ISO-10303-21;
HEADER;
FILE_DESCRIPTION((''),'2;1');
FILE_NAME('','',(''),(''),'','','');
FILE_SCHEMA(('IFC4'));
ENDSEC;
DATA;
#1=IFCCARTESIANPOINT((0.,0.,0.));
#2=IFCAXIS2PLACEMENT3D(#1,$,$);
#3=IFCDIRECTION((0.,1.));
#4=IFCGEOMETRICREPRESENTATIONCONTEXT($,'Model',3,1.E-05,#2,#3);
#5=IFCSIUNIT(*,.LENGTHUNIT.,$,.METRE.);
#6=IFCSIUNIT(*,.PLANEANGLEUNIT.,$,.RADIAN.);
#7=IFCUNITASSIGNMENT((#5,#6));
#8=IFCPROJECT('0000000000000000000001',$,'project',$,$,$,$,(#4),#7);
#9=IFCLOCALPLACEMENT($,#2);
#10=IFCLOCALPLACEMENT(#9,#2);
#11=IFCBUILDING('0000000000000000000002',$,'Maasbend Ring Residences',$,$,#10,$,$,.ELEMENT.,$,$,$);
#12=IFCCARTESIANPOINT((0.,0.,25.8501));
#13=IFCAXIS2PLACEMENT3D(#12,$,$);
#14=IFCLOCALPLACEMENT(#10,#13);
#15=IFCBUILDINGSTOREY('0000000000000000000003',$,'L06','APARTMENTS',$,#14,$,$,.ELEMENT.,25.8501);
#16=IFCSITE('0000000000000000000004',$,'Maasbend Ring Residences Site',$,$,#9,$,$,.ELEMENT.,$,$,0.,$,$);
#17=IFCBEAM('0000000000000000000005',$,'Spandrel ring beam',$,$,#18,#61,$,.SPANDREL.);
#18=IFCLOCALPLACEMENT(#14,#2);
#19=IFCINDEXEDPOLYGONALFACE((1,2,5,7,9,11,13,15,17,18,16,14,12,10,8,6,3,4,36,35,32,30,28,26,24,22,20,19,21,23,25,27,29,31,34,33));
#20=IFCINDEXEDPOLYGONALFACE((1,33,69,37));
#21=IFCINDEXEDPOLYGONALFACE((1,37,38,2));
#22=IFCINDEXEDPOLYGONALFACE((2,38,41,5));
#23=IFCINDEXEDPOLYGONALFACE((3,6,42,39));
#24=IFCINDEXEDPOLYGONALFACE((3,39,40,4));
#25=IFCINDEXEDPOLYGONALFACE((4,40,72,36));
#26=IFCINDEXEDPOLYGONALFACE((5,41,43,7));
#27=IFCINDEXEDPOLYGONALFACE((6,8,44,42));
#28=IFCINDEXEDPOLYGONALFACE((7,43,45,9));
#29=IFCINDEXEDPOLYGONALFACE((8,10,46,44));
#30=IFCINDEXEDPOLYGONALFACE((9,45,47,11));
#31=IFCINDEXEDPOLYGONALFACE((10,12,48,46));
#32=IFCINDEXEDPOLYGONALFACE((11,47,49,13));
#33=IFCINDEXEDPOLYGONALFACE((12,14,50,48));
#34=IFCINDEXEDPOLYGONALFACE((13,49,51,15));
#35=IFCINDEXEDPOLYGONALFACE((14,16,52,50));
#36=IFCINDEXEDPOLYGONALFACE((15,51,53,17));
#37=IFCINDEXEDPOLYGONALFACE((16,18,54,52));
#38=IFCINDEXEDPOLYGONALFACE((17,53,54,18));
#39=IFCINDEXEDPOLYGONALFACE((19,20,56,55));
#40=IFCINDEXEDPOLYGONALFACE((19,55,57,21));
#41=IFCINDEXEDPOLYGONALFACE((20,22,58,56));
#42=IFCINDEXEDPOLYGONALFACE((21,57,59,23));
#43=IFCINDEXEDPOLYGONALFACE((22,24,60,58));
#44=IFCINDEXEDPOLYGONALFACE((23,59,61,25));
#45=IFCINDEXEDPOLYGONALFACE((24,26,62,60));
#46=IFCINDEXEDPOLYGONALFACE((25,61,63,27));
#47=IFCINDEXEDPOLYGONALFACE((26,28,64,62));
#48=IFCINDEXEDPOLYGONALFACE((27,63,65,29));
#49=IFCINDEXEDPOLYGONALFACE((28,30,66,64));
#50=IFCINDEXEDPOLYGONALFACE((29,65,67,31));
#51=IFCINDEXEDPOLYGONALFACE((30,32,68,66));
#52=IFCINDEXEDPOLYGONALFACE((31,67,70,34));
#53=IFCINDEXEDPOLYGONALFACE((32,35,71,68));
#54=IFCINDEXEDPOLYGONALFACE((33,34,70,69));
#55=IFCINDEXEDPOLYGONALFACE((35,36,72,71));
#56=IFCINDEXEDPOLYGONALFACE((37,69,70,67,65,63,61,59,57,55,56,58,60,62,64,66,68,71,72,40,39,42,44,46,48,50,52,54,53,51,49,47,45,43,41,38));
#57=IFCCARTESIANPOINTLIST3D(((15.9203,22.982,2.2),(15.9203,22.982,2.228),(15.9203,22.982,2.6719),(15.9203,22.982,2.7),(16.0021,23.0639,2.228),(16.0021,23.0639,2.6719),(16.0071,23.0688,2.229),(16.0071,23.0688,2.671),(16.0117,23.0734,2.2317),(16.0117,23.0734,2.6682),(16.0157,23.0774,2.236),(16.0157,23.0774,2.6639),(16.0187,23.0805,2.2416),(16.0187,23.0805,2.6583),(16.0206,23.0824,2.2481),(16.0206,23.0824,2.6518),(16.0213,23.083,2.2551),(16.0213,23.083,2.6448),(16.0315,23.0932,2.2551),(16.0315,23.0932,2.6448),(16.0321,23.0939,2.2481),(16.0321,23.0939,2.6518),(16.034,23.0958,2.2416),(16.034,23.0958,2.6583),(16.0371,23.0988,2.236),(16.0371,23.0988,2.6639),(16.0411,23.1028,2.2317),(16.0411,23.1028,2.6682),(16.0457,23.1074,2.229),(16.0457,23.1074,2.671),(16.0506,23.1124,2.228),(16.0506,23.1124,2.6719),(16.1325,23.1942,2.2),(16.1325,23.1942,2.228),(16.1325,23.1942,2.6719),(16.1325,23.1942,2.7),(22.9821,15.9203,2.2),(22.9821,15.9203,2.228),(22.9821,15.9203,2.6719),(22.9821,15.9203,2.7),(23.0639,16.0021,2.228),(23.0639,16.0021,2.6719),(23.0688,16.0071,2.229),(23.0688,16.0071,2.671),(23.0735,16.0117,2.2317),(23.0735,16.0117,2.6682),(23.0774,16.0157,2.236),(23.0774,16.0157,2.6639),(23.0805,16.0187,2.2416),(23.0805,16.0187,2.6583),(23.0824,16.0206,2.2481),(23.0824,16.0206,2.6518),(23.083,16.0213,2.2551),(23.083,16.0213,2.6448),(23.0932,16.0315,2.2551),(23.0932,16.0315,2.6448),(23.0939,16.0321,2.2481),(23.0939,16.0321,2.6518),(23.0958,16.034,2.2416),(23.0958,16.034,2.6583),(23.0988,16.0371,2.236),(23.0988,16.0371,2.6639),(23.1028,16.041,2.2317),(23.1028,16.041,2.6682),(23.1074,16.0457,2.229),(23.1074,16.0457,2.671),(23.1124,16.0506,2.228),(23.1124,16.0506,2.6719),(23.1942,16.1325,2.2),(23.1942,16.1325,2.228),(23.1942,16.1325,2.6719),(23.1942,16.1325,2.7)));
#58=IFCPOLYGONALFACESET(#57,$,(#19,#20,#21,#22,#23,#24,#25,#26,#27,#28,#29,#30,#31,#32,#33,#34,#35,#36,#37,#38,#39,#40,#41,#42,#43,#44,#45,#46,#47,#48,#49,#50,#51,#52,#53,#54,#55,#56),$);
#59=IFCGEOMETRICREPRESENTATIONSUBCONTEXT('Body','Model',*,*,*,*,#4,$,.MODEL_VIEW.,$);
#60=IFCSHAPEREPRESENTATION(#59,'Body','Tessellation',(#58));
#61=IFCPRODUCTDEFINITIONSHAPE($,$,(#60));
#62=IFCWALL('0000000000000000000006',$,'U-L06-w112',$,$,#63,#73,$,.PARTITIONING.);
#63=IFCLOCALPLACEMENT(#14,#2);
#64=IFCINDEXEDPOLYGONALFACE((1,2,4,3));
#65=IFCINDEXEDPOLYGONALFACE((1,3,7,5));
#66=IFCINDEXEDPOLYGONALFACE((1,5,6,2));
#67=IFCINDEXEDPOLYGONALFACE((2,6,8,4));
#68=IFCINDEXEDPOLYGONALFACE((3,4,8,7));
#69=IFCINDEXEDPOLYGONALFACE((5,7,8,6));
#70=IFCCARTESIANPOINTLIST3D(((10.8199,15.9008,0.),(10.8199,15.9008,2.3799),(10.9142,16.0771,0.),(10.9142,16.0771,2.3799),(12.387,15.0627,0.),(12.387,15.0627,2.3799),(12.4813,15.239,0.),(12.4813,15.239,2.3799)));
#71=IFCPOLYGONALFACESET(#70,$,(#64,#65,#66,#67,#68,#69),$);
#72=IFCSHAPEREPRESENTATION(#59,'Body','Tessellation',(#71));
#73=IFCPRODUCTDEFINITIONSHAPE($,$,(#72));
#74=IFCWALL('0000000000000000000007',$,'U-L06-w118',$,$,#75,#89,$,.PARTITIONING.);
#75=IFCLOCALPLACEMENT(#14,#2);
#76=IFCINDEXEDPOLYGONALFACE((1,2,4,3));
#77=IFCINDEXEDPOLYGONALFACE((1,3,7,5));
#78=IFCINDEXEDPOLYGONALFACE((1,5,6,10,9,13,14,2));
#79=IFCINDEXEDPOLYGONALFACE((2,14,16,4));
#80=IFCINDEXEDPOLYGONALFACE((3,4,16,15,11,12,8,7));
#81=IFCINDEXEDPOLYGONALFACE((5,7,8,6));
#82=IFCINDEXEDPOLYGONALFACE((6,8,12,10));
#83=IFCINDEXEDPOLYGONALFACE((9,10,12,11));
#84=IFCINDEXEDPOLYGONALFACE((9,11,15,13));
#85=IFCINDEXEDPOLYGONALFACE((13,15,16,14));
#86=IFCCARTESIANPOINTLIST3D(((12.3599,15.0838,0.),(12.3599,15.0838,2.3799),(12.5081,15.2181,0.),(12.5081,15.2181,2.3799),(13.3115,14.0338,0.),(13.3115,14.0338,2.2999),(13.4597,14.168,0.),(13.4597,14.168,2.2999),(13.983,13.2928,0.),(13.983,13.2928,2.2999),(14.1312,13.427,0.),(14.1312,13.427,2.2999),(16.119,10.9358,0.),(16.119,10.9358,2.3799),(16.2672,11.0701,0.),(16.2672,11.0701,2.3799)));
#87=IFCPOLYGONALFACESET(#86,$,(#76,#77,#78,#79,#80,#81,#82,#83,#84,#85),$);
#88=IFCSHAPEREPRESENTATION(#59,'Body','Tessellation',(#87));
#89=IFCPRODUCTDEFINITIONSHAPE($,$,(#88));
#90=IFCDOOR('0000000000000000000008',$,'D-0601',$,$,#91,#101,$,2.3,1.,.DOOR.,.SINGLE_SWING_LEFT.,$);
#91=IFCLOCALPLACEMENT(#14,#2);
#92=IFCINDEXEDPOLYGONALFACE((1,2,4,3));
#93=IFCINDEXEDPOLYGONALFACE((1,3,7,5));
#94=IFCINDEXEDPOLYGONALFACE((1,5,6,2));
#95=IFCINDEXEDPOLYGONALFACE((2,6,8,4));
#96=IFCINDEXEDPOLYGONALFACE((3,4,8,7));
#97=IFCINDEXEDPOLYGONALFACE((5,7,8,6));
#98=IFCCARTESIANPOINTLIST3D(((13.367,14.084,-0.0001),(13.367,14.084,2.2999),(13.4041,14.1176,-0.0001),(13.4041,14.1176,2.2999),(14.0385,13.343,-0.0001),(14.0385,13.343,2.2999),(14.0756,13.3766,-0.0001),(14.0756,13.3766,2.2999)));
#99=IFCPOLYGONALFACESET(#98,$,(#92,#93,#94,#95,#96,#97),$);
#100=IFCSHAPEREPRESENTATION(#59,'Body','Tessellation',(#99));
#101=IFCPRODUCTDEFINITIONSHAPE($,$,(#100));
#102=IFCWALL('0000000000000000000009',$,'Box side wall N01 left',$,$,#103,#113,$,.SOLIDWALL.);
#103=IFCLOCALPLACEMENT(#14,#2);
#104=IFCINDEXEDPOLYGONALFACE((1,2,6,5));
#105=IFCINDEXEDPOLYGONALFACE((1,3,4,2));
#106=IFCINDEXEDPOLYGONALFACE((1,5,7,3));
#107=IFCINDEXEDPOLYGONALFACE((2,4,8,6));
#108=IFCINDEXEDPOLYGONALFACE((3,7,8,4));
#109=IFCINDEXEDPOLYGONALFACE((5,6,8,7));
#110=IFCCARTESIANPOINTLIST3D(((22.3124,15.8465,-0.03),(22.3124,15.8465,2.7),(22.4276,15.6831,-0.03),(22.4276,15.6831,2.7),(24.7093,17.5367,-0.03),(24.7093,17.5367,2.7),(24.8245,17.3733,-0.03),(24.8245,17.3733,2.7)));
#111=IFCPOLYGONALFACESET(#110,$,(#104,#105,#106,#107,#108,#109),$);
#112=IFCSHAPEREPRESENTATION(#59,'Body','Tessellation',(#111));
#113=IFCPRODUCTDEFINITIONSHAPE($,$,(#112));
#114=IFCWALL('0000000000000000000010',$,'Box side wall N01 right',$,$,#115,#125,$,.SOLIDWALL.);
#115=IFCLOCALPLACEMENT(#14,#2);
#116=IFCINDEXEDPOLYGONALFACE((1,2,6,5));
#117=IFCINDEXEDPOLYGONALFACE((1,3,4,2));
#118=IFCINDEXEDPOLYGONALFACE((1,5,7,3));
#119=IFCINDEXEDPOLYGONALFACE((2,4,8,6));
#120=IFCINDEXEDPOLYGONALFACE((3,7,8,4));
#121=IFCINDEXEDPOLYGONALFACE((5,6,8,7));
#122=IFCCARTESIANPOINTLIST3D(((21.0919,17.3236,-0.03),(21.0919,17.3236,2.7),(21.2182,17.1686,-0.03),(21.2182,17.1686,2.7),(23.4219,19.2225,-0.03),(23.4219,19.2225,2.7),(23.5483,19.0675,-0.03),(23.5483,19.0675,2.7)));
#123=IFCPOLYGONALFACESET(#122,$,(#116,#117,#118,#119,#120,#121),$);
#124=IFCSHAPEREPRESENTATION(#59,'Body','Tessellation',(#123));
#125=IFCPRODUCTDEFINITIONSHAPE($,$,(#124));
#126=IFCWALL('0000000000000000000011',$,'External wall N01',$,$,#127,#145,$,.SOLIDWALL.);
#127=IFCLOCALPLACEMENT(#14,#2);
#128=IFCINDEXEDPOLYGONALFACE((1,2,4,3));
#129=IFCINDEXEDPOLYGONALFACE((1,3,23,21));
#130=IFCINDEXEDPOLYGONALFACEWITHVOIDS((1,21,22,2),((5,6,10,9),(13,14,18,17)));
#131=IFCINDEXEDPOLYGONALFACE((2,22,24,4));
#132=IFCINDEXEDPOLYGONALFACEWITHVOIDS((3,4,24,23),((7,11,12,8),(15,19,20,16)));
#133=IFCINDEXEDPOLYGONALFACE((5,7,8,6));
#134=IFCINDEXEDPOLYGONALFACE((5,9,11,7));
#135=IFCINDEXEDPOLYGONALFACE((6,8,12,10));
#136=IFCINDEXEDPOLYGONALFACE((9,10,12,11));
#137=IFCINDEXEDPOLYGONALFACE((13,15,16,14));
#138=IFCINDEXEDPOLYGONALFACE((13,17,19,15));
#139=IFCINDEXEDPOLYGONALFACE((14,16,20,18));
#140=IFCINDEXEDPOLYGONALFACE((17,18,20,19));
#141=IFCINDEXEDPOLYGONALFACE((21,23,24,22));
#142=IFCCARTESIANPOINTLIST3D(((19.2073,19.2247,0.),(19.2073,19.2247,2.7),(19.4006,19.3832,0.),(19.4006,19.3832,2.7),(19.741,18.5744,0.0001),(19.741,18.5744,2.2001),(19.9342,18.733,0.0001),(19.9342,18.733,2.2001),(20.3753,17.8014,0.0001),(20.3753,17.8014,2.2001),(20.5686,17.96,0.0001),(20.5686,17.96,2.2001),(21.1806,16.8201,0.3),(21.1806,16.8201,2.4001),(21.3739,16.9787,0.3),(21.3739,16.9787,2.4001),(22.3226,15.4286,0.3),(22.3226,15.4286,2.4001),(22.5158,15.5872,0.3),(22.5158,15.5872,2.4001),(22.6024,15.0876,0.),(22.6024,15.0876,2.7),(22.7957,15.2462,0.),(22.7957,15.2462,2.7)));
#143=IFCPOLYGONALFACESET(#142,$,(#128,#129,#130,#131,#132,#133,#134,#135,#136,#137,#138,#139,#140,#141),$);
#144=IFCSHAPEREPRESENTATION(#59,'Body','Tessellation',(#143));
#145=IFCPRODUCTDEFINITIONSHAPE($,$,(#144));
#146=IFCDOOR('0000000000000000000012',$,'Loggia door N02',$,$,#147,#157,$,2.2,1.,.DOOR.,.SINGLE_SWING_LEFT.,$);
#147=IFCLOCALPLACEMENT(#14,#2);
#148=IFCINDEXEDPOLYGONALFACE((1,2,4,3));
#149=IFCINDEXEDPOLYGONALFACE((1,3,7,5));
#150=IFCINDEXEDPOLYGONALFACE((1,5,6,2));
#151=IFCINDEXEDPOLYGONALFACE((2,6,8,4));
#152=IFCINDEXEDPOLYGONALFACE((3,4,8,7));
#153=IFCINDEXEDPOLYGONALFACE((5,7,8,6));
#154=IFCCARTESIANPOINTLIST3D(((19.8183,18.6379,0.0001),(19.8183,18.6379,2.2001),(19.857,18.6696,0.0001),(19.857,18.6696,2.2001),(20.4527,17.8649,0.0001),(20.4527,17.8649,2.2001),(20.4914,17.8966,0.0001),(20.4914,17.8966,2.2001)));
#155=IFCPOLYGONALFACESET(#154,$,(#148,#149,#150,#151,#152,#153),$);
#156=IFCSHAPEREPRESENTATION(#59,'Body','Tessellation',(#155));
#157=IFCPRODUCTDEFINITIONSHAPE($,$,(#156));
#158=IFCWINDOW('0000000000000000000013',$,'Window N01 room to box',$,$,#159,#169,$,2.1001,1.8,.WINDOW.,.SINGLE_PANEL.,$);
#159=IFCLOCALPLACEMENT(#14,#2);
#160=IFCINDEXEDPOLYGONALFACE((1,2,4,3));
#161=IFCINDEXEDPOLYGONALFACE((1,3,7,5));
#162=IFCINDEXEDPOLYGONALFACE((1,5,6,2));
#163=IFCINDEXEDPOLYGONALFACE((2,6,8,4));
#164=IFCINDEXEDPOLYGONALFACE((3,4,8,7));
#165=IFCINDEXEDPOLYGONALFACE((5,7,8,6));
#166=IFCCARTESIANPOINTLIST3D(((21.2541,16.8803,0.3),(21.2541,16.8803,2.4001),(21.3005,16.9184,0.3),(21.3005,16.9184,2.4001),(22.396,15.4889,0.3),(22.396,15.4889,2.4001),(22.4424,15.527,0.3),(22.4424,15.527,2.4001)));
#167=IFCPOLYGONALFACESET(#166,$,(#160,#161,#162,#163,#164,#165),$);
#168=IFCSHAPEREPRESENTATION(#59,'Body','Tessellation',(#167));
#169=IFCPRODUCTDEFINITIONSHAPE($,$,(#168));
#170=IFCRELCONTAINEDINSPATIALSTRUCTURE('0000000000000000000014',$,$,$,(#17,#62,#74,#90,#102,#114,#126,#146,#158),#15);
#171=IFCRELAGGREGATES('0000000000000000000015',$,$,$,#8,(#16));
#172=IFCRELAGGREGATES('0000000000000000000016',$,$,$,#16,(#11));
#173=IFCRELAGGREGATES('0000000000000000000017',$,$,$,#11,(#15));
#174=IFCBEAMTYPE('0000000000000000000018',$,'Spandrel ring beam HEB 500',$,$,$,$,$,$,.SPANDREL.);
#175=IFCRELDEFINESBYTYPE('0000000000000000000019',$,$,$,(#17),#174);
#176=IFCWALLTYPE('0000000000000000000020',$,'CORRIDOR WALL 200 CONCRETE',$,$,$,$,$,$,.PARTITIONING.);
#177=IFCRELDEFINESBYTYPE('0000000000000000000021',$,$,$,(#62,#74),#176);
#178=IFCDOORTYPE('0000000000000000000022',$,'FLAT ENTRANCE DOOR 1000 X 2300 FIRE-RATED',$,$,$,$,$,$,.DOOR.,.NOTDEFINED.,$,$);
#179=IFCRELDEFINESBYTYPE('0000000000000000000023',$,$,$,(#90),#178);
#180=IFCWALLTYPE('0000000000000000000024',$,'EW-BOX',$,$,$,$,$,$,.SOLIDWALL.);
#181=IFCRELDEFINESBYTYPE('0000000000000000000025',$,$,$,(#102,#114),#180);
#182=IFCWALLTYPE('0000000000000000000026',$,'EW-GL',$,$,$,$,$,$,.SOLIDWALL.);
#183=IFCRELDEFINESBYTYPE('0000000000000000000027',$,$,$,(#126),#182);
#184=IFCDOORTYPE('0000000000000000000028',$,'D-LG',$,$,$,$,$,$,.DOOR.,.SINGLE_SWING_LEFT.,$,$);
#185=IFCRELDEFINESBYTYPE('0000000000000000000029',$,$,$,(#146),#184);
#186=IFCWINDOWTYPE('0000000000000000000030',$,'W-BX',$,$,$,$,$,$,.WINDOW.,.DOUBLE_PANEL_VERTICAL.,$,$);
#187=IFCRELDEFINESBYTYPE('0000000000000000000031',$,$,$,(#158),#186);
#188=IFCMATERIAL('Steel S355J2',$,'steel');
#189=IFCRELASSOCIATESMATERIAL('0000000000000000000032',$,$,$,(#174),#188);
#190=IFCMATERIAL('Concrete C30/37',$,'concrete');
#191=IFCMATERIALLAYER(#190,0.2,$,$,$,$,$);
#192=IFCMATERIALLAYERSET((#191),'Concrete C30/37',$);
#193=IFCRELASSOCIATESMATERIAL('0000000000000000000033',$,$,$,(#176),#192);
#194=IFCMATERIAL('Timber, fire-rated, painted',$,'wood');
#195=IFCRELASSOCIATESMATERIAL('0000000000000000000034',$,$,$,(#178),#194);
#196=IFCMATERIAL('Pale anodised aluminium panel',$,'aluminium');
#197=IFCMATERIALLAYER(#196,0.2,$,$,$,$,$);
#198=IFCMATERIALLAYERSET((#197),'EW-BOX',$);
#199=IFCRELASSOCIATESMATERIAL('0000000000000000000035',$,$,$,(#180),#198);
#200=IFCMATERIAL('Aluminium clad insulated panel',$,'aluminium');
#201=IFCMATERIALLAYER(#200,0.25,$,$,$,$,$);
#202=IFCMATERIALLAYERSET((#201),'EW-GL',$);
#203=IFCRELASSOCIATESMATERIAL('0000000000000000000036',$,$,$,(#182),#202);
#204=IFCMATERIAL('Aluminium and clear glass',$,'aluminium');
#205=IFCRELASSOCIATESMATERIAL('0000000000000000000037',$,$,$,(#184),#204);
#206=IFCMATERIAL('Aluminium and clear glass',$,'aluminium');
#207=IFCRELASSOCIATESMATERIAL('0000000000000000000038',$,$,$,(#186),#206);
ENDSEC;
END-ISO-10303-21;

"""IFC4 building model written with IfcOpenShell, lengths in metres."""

from ifc_helpers import new_model, si_unit, direction, frame, frame_2d, origin, origin_2d, place, context, subcontext, project, spatial, rectangle, i_section, extrude, material, layer, layer_set, material_profile, profile_set, type_object, element, fill, save


model = new_model("IFC4")

# Units and contexts
model_context = context("Model", 3, precision=1e-05, world=origin(), true_north=direction((0.0, 1.0)))
body_context = subcontext(model_context, "Body", "Model", "MODEL_VIEW")
ifc_project = project(units=[si_unit("LENGTHUNIT", "METRE"), si_unit("PLANEANGLEUNIT", "RADIAN")], contexts=[model_context])

# Site, building, storey
site_placement = place(None, origin())
site = spatial("IfcSite", under=ifc_project, at=site_placement, Name="Maasbend Ring Residences Site", CompositionType="ELEMENT", RefElevation=0.0)
building_placement = place(site_placement, origin())
building = spatial("IfcBuilding", under=site, at=building_placement, Name="Maasbend Ring Residences", CompositionType="ELEMENT")
storey_placement = place(building_placement, frame((0.0, 0.0, 25.8501)))
storey = spatial("IfcBuildingStorey", under=building, at=storey_placement, Name="L06", Description="APARTMENTS", CompositionType="ELEMENT", Elevation=25.8501)

# Beam
ifc_material_1 = material(Name="Steel S355J2", Category="steel")
ifc_material_profile_1 = material_profile(ifc_material_1, i_section(OverallWidth=0.3, OverallDepth=0.5, WebThickness=0.0144, FlangeThickness=0.0281, FilletRadius=0.0271, at=origin_2d()), Name="HEB 500")
ifc_profile_set_1 = profile_set([ifc_material_profile_1], Name="Steel S355J2")
beam_type_1 = type_object("IfcBeamType", Name="Spandrel ring beam HEB 500", PredefinedType="SPANDREL", material=ifc_profile_set_1)
beam_1_placement = place(storey_placement, frame((23.0881, 16.0264, 2.45), z_axis=(-0.707107, 0.707107, 0.0), x_axis=(-0.707107, -0.707107, 0.0)))
element("IfcBeam", 1, at=beam_1_placement, inside=storey, type_object=beam_type_1, Name="Spandrel ring beam", PredefinedType="SPANDREL", context=body_context, shape_type="SweptSolid", body=[
    extrude(i_section(OverallWidth=0.3, OverallDepth=0.5, WebThickness=0.0144, FlangeThickness=0.0281, FilletRadius=0.0271, at=origin_2d()), origin(), (0.0, 0.0, 1.0), 9.9868),
])

# Wall
ifc_material_2 = material(Name="Concrete C30/37", Category="concrete")
ifc_layer_1 = layer(ifc_material_2, 0.2)
ifc_layer_set_1 = layer_set([ifc_layer_1], Name="Concrete C30/37")
wall_type_1 = type_object("IfcWallType", Name="CORRIDOR WALL 200 CONCRETE", PredefinedType="PARTITIONING", material=ifc_layer_set_1)
wall_1_placement = place(storey_placement, frame((10.8669, 15.989, 0.0), z_axis=(0.0, 0.0, 1.0), x_axis=(0.881809, -0.471608, 0.0)))
element("IfcWall", 2, at=wall_1_placement, inside=storey, type_object=wall_type_1, Name="U-L06-w112", PredefinedType="PARTITIONING", context=body_context, shape_type="SweptSolid", body=[
    extrude(rectangle(XDim=1.7771, YDim=0.2, at=frame_2d((0.8887, 0.0))), origin(), (0.0, 0.0, 1.0), 2.3799),
])

# Wall, opening, door
wall_2_placement = place(storey_placement, frame((12.4341, 15.1509, 0.0), z_axis=(0.0, 0.0, 1.0), x_axis=(0.671515, -0.740991, 0.0)))
wall_2 = element("IfcWall", 3, at=wall_2_placement, inside=storey, type_object=wall_type_1, Name="U-L06-w118", PredefinedType="PARTITIONING", context=body_context, shape_type="SweptSolid", body=[
    extrude(rectangle(XDim=5.5979, YDim=0.2, at=frame_2d((2.7988, 0.0))), origin(), (0.0, 0.0, 1.0), 2.3799),
])
opening_1_placement = place(wall_2_placement, frame((1.417, 0.0, 0.0)))
opening_1 = element("IfcOpeningElement", 4, at=opening_1_placement, cuts=wall_2, PredefinedType="OPENING", context=body_context, shape_type="SweptSolid", body=[
    extrude(rectangle(XDim=1.0, YDim=2.3, at=frame_2d((0.5, 1.1499))), frame((0.0, 0.1099, 0.0), z_axis=(0.0, -1.0, 0.0), x_axis=(1.0, 0.0, 0.0)), (0.0, 0.0, 1.0), 0.22),
])
ifc_material_3 = material(Name="Timber, fire-rated, painted", Category="wood")
door_type_1 = type_object("IfcDoorType", Name="FLAT ENTRANCE DOOR 1000 X 2300 FIRE-RATED", OperationType="NOTDEFINED", PredefinedType="DOOR", material=ifc_material_3)
door_1_placement = place(opening_1_placement, origin())
door_1 = element("IfcDoor", 5, at=door_1_placement, inside=storey, type_object=door_type_1, Name="D-0601", OperationType="SINGLE_SWING_LEFT", OverallHeight=2.3, OverallWidth=1.0, PredefinedType="DOOR", context=body_context, shape_type="SweptSolid", body=[
    extrude(rectangle(XDim=1.0, YDim=2.3, at=frame_2d((0.5, 1.1499))), frame((0.0, 0.0249, 0.0), z_axis=(0.0, -1.0, 0.0), x_axis=(1.0, 0.0, 0.0)), (0.0, 0.0, 1.0), 0.05),
])
fill(opening_1, door_1)

# Walls
ifc_material_4 = material(Name="Pale anodised aluminium panel", Category="aluminium")
ifc_layer_2 = layer(ifc_material_4, 0.2)
ifc_layer_set_2 = layer_set([ifc_layer_2], Name="EW-BOX")
wall_type_2 = type_object("IfcWallType", Name="EW-BOX", PredefinedType="SOLIDWALL", material=ifc_layer_set_2)
wall_3_placement = place(storey_placement, frame((22.3701, 15.7649, -0.03), z_axis=(0.0, 0.0, 1.0), x_axis=(0.817256, 0.576275, 0.0)))
element("IfcWall", 6, at=wall_3_placement, inside=storey, type_object=wall_type_2, Name="Box side wall N01 left", PredefinedType="SOLIDWALL", context=body_context, shape_type="SweptSolid", body=[
    extrude(rectangle(XDim=2.9329, YDim=0.2, at=frame_2d((1.4663, 0.0))), origin(), (0.0, 0.0, 1.0), 2.73),
])
wall_4_placement = place(storey_placement, frame((21.155, 17.2461, -0.03), z_axis=(0.0, 0.0, 1.0), x_axis=(0.775179, 0.631742, 0.0)))
element("IfcWall", 7, at=wall_4_placement, inside=storey, type_object=wall_type_2, Name="Box side wall N01 right", PredefinedType="SOLIDWALL", context=body_context, shape_type="SweptSolid", body=[
    extrude(rectangle(XDim=3.0059, YDim=0.2, at=frame_2d((1.5029, 0.0))), origin(), (0.0, 0.0, 1.0), 2.73),
])

# Wall, openings, door, window
ifc_material_5 = material(Name="Aluminium clad insulated panel", Category="aluminium")
ifc_layer_3 = layer(ifc_material_5, 0.25)
ifc_layer_set_3 = layer_set([ifc_layer_3], Name="EW-GL")
wall_type_3 = type_object("IfcWallType", Name="EW-GL", PredefinedType="SOLIDWALL", material=ifc_layer_set_3)
wall_5_placement = place(storey_placement, frame((22.699, 15.167, 0.0), z_axis=(0.0, 0.0, 1.0), x_axis=(-0.634382, 0.773019, 0.0)))
wall_5 = element("IfcWall", 8, at=wall_5_placement, inside=storey, type_object=wall_type_3, Name="External wall N01", PredefinedType="SOLIDWALL", context=body_context, shape_type="SweptSolid", body=[
    extrude(rectangle(XDim=5.3518, YDim=0.25, at=frame_2d((2.6758, 0.0))), origin(), (0.0, 0.0, 1.0), 2.7),
])
opening_2_placement = place(wall_5_placement, frame((0.4412, 0.0, 0.3)))
opening_2 = element("IfcOpeningElement", 9, at=opening_2_placement, cuts=wall_5, PredefinedType="OPENING", context=body_context, shape_type="SweptSolid", body=[
    extrude(rectangle(XDim=1.8, YDim=2.1001, at=frame_2d((0.8999, 1.05))), frame((0.0, 0.135, 0.0), z_axis=(0.0, -1.0, 0.0), x_axis=(1.0, 0.0, 0.0)), (0.0, 0.0, 1.0), 0.27),
])
opening_3_placement = place(wall_5_placement, frame((3.5105, 0.0, 0.0)))
opening_3 = element("IfcOpeningElement", 10, at=opening_3_placement, cuts=wall_5, PredefinedType="OPENING", context=body_context, shape_type="SweptSolid", body=[
    extrude(rectangle(XDim=1.0, YDim=2.2, at=frame_2d((0.5, 1.1001))), frame((0.0, 0.135, 0.0), z_axis=(0.0, -1.0, 0.0), x_axis=(1.0, 0.0, 0.0)), (0.0, 0.0, 1.0), 0.27),
])
ifc_material_6 = material(Name="Aluminium and clear glass", Category="aluminium")
door_type_2 = type_object("IfcDoorType", Name="D-LG", OperationType="SINGLE_SWING_LEFT", PredefinedType="DOOR", material=ifc_material_6)
door_2_placement = place(opening_3_placement, origin())
door_2 = element("IfcDoor", 11, at=door_2_placement, inside=storey, type_object=door_type_2, Name="Loggia door N02", OperationType="SINGLE_SWING_LEFT", OverallHeight=2.2, OverallWidth=1.0, PredefinedType="DOOR", context=body_context, shape_type="SweptSolid", body=[
    extrude(rectangle(XDim=1.0, YDim=2.2, at=frame_2d((0.5, 1.1001))), frame((0.0, 0.0249, 0.0), z_axis=(0.0, -1.0, 0.0), x_axis=(1.0, 0.0, 0.0)), (0.0, 0.0, 1.0), 0.05),
])
fill(opening_3, door_2)
ifc_material_7 = material(Name="Aluminium and clear glass", Category="aluminium")
window_type = type_object("IfcWindowType", Name="W-BX", PartitioningType="DOUBLE_PANEL_VERTICAL", PredefinedType="WINDOW", material=ifc_material_7)
window_placement = place(opening_2_placement, origin())
window = element("IfcWindow", 12, at=window_placement, inside=storey, type_object=window_type, Name="Window N01 room to box", OverallHeight=2.1001, OverallWidth=1.8, PartitioningType="SINGLE_PANEL", PredefinedType="WINDOW", context=body_context, shape_type="SweptSolid", body=[
    extrude(rectangle(XDim=1.8, YDim=2.1001, at=frame_2d((0.8999, 1.05))), frame((0.0, 0.03, 0.0), z_axis=(0.0, -1.0, 0.0), x_axis=(1.0, 0.0, 0.0)), (0.0, 0.0, 1.0), 0.0601),
])
fill(opening_2, window)

save(model, "model.ifc")
